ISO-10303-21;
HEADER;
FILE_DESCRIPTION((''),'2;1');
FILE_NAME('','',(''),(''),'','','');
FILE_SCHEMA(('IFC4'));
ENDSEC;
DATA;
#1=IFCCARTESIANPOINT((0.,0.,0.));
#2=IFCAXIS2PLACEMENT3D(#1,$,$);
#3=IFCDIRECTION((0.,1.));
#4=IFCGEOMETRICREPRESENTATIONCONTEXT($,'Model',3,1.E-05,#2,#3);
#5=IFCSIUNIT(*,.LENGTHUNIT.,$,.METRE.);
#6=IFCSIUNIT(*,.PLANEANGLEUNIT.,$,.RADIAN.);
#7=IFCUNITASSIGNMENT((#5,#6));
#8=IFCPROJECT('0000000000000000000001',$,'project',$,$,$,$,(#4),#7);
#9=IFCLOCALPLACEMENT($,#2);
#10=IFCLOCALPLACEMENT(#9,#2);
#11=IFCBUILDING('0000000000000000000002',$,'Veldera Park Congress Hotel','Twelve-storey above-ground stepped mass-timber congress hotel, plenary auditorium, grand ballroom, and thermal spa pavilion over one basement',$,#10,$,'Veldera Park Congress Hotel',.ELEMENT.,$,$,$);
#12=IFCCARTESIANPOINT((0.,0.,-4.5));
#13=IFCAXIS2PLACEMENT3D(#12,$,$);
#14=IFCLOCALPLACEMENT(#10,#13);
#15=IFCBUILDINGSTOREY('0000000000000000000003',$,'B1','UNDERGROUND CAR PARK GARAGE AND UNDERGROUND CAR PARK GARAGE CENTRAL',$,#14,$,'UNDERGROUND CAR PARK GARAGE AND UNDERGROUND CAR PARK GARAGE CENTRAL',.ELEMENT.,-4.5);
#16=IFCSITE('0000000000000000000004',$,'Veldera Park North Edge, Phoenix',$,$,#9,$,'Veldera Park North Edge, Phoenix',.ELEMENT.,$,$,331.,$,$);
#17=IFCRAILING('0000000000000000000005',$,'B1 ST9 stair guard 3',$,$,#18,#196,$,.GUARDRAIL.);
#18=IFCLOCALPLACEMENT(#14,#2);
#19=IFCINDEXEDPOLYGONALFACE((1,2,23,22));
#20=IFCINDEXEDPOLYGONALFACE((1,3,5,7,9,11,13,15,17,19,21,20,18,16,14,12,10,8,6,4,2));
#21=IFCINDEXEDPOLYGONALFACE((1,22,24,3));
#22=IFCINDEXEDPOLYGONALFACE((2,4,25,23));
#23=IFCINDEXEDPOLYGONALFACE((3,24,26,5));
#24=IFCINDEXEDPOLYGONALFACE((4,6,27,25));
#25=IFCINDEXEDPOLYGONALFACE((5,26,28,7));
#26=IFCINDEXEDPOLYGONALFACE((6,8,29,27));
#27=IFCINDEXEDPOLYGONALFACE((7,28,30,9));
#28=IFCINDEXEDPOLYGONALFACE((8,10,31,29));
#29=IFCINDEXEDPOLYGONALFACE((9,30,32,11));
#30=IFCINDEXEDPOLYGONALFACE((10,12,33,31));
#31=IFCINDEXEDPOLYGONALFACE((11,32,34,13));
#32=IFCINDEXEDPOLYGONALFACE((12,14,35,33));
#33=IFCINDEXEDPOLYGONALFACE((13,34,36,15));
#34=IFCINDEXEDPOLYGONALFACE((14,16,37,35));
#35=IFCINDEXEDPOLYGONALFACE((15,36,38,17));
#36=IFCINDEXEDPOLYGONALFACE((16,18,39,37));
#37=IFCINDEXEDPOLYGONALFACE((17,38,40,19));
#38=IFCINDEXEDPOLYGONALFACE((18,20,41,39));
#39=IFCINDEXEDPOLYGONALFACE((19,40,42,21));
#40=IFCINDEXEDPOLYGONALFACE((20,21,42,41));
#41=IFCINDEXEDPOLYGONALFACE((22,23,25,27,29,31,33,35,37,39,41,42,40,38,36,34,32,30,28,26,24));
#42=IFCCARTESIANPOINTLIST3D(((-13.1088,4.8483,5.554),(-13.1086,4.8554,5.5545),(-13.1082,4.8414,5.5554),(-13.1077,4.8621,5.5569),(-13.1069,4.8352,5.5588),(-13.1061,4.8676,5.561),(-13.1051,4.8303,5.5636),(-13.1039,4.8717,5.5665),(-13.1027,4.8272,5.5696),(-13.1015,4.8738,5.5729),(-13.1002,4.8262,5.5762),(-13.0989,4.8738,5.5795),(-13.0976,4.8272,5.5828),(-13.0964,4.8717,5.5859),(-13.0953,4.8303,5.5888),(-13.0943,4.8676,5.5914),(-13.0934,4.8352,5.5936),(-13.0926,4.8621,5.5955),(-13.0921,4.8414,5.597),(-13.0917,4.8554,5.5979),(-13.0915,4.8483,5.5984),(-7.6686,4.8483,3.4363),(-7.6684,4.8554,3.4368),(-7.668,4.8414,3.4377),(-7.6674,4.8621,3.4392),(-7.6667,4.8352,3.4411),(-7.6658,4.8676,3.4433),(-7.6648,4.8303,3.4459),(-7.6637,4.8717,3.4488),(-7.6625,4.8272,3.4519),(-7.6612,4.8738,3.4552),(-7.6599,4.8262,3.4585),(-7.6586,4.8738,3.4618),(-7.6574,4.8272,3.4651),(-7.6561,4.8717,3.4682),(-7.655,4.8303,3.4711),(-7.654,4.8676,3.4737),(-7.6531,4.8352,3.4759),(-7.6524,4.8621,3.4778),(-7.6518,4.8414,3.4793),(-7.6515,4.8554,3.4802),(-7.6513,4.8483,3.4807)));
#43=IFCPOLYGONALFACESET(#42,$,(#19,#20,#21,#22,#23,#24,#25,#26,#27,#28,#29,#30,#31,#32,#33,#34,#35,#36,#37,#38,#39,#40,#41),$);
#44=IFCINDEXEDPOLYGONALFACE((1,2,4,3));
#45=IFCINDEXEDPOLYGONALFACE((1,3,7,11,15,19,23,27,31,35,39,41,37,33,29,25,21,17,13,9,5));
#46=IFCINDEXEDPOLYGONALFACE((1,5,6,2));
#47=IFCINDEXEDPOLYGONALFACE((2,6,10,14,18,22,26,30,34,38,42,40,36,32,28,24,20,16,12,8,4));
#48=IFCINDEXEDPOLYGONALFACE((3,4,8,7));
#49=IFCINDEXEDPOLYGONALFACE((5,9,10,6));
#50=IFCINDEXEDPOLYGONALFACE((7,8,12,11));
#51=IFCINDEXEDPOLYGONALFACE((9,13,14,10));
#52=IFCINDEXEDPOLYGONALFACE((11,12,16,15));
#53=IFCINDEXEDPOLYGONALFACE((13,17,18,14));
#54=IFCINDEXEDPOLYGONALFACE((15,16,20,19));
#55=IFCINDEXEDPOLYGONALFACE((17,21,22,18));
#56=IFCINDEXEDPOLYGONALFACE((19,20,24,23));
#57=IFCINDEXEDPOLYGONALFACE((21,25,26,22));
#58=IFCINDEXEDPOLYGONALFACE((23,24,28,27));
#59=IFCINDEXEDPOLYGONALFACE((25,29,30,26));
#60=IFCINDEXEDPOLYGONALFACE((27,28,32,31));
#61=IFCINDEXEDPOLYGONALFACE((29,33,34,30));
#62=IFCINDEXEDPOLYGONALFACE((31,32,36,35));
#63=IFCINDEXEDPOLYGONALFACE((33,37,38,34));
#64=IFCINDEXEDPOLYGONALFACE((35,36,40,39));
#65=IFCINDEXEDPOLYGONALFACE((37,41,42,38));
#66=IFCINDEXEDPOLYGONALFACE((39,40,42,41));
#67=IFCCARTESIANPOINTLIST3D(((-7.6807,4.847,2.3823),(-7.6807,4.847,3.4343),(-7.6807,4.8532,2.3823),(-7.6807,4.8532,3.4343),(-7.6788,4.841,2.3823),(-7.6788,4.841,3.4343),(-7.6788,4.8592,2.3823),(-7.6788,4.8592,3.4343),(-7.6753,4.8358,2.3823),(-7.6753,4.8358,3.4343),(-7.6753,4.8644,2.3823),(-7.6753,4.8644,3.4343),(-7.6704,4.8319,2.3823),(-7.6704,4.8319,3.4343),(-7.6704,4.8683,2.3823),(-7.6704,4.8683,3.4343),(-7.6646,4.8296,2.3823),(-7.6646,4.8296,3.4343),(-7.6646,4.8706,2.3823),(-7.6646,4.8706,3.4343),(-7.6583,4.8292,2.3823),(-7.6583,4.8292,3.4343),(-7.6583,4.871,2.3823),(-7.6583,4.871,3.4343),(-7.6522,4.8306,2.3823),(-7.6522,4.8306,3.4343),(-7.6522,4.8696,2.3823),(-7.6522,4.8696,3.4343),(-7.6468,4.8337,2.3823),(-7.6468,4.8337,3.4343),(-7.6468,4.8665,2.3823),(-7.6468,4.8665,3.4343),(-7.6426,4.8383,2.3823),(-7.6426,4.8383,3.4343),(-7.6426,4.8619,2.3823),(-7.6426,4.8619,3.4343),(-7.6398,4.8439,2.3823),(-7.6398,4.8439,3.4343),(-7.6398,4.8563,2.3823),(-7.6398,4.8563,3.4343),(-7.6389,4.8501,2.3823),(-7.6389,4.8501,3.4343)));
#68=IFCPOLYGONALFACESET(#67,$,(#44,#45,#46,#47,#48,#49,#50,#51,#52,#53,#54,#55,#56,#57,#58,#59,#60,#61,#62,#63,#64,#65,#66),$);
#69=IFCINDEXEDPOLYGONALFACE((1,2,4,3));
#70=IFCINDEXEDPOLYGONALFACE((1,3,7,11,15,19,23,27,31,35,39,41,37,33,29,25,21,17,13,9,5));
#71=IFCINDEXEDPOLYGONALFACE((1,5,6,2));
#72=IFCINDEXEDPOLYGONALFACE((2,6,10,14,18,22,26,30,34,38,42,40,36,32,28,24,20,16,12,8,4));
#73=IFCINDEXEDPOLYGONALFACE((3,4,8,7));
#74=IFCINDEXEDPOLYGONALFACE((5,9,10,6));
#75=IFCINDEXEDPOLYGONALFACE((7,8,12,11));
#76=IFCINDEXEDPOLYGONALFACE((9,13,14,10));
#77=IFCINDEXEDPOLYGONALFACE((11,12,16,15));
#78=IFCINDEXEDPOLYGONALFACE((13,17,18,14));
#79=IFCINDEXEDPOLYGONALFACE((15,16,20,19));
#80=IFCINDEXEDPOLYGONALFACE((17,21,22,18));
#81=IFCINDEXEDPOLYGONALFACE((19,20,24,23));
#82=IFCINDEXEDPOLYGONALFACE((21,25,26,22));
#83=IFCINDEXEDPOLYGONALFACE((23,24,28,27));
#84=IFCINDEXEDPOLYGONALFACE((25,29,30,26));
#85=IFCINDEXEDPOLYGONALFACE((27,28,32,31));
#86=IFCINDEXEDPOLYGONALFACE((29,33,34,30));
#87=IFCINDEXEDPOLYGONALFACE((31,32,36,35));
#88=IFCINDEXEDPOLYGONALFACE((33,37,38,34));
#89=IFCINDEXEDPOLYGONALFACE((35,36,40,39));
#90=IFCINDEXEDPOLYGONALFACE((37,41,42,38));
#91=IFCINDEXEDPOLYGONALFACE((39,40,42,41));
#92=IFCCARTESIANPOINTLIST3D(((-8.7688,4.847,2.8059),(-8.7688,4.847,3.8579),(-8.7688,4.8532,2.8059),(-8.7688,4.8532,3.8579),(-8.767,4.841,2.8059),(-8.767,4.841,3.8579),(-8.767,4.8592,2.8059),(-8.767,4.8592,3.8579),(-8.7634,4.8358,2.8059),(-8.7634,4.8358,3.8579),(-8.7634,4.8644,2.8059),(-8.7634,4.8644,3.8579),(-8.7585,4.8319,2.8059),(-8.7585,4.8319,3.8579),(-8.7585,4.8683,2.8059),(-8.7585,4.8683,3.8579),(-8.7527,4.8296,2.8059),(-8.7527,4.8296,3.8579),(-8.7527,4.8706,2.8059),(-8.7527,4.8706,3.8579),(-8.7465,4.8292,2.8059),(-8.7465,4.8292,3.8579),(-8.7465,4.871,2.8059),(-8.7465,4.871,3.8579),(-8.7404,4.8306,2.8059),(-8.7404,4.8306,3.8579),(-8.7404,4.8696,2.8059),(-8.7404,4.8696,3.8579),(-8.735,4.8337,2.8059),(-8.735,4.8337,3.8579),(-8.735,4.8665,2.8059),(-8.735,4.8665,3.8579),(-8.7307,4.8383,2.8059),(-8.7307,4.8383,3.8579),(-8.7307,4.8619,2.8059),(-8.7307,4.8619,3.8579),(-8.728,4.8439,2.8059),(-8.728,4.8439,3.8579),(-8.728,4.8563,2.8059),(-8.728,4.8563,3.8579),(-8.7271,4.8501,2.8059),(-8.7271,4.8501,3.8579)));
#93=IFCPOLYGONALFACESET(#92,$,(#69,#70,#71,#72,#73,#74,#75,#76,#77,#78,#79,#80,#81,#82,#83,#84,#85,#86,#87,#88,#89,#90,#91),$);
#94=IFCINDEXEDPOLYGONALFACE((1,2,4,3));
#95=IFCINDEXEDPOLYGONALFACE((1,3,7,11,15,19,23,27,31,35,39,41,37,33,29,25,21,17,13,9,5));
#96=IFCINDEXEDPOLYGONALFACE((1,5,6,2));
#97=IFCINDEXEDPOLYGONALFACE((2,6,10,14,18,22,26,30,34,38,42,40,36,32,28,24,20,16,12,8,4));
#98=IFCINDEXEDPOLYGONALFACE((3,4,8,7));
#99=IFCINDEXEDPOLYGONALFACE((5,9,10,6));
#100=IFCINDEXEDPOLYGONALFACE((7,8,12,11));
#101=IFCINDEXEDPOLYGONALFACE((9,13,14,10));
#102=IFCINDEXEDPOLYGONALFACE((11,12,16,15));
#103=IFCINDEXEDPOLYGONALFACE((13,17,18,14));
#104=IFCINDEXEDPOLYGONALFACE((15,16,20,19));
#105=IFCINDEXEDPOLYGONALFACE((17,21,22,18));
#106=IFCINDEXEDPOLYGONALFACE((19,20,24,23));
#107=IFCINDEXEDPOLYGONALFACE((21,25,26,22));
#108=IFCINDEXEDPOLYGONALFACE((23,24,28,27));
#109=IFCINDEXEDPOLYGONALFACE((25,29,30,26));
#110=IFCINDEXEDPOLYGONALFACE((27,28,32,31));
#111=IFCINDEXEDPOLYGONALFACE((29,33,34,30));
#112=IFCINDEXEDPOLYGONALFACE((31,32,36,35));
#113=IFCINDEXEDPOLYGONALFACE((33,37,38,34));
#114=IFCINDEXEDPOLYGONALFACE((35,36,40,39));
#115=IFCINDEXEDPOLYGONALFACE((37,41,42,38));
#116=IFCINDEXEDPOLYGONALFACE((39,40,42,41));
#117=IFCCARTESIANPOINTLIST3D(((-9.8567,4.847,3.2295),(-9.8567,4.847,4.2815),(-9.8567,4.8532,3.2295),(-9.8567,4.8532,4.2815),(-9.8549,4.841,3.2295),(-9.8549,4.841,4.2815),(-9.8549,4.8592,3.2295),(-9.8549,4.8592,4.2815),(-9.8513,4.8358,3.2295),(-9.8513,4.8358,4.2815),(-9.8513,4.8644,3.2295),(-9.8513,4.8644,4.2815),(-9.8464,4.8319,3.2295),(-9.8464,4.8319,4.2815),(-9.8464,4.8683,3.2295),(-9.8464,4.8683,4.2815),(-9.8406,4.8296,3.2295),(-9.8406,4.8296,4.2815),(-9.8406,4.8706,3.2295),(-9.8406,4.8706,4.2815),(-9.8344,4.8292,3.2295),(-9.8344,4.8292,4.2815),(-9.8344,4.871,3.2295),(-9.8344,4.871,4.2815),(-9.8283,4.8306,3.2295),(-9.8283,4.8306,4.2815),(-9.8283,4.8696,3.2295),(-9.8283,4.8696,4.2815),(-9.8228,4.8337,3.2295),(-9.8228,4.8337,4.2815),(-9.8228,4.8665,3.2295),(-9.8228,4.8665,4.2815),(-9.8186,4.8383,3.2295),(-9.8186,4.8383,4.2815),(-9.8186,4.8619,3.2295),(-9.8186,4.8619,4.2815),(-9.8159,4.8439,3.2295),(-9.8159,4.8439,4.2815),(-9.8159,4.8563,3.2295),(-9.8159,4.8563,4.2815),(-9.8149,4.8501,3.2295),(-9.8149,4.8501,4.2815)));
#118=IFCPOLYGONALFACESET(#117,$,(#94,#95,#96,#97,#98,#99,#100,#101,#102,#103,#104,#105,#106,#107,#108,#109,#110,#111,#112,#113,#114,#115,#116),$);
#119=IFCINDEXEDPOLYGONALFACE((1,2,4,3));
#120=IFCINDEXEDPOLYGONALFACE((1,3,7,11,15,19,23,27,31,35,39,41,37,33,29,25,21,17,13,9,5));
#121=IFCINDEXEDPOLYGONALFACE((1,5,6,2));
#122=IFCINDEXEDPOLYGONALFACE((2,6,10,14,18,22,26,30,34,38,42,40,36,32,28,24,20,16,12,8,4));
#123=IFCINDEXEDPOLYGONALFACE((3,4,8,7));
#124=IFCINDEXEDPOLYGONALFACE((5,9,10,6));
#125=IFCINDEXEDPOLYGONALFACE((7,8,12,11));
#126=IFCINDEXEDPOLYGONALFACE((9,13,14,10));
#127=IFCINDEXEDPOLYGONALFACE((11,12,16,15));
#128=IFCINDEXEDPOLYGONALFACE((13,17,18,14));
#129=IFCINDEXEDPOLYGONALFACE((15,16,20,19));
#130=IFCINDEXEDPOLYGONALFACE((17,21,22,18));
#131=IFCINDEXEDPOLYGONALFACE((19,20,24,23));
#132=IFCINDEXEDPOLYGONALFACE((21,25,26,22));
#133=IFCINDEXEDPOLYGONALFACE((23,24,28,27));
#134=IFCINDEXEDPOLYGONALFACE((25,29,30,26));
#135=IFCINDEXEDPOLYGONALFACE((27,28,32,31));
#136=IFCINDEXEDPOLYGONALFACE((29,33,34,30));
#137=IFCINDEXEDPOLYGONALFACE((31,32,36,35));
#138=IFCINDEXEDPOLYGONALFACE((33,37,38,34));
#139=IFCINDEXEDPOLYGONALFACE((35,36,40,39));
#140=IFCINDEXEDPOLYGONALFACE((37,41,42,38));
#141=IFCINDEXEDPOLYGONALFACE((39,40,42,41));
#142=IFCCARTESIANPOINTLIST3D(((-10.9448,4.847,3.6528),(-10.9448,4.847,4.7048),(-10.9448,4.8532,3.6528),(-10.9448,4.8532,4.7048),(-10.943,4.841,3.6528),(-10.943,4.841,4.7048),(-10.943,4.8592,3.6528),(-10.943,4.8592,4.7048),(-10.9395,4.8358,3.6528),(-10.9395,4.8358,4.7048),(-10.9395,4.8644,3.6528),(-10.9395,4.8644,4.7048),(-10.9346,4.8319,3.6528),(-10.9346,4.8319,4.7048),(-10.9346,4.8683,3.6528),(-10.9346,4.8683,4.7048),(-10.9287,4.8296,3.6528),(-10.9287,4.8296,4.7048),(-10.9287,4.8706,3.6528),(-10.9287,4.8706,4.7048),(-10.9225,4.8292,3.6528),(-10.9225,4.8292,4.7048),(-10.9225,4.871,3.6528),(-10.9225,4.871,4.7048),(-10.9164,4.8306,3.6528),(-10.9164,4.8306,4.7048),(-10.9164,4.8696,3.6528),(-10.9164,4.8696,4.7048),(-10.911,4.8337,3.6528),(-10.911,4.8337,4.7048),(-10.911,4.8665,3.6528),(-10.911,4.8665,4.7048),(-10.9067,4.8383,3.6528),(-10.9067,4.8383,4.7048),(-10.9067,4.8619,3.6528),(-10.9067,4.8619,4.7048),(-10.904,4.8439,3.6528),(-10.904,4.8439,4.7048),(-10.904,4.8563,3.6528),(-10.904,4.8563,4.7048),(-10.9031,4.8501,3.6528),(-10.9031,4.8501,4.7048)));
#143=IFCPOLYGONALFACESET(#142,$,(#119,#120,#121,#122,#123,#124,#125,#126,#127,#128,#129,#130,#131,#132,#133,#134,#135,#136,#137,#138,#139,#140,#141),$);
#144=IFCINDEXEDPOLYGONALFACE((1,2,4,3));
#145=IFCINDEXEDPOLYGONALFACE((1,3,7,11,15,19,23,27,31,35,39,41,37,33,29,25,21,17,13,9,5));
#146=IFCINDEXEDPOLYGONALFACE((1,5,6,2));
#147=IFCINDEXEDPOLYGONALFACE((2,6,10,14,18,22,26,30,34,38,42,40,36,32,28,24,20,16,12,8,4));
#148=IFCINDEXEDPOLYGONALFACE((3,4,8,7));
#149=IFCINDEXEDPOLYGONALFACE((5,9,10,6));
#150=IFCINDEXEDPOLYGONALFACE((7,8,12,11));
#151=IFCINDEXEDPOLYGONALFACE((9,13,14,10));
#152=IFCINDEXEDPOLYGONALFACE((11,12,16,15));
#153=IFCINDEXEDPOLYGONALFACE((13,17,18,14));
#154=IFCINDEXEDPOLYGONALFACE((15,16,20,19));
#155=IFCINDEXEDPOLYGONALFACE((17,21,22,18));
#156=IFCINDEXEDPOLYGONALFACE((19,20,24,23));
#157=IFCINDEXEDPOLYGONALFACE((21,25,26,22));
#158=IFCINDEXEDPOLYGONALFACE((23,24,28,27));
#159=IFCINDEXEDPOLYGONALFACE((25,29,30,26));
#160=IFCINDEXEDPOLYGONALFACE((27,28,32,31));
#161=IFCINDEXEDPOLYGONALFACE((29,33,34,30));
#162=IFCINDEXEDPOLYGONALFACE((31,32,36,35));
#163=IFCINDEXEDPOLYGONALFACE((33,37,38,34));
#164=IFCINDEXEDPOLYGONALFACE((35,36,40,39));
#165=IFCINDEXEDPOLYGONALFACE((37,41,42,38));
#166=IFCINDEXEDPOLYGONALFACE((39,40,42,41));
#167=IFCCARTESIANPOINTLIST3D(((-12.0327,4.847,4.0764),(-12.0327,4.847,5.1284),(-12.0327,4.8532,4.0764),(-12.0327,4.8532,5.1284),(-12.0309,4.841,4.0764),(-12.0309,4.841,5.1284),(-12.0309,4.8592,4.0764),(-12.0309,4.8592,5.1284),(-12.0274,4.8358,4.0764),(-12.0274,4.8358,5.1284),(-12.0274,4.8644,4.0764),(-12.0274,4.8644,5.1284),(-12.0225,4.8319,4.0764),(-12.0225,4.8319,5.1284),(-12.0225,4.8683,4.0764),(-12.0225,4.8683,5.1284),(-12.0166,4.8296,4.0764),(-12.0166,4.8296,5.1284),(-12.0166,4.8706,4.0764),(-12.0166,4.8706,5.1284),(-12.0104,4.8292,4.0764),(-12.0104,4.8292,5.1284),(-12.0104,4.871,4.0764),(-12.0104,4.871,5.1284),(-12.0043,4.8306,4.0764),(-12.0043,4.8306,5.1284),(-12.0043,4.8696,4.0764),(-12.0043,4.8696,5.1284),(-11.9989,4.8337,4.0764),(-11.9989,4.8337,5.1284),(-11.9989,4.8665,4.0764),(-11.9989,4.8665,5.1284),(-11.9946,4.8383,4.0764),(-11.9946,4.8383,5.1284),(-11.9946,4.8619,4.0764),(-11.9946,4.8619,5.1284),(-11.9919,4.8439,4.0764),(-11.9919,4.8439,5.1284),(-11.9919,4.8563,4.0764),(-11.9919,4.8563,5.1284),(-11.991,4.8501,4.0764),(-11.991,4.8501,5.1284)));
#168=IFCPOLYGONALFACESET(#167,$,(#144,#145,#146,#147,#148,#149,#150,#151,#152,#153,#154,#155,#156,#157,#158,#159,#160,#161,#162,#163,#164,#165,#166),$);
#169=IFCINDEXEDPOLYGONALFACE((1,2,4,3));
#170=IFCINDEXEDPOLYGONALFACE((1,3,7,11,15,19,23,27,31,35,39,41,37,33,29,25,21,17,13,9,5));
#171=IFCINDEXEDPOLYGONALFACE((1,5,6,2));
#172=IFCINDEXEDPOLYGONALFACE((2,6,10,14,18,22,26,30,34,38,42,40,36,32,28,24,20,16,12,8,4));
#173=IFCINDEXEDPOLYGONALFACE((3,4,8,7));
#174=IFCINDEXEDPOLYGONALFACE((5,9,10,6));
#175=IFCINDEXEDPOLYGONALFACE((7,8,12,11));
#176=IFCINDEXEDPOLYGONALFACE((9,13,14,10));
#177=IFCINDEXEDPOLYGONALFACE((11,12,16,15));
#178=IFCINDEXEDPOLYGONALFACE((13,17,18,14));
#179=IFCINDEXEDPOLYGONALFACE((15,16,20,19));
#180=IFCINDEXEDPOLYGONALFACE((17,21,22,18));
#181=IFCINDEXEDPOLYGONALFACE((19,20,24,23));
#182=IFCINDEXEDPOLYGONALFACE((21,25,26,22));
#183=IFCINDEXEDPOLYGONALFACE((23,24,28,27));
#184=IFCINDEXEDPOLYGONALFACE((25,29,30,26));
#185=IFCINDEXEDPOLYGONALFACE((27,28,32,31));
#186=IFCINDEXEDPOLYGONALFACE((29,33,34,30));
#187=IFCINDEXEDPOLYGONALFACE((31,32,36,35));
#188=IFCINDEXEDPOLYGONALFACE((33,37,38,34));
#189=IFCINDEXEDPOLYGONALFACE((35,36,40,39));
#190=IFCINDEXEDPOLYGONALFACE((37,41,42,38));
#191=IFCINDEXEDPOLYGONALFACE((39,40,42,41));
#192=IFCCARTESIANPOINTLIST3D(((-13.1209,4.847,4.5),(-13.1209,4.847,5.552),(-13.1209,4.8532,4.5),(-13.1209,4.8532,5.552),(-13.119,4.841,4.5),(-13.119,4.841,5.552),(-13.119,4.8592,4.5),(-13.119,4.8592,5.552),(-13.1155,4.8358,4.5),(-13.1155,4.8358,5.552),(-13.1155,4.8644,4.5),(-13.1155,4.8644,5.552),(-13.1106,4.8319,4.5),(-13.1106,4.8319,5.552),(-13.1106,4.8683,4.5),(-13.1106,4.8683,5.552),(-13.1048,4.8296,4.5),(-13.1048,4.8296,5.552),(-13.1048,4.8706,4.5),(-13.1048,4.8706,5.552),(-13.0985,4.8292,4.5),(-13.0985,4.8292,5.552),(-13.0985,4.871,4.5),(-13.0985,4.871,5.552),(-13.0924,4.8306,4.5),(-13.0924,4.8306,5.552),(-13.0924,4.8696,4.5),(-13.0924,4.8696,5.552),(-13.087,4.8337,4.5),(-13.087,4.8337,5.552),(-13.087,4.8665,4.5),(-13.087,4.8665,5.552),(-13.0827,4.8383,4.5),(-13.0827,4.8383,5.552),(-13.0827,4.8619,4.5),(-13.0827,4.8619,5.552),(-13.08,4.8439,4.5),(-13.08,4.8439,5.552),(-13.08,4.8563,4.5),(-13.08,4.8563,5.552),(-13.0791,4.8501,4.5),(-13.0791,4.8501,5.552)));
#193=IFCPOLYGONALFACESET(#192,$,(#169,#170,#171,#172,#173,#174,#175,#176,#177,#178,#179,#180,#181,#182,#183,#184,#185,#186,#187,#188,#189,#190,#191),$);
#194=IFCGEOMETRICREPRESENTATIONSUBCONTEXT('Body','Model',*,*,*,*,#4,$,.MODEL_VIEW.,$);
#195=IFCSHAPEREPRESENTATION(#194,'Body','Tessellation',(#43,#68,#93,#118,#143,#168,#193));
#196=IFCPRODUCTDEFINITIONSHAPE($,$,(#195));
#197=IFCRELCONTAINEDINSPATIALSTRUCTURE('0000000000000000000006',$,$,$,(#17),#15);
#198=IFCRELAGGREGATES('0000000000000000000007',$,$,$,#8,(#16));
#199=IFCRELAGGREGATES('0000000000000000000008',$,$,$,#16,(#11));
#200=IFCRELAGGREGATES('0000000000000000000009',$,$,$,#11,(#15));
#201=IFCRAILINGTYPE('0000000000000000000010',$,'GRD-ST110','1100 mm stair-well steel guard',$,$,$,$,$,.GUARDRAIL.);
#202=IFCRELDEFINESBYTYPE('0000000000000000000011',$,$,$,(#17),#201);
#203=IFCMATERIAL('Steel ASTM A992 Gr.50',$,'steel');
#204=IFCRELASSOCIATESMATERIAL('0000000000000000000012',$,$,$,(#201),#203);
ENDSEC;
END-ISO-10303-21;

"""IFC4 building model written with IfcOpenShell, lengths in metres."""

from ifc_helpers import new_model, si_unit, direction, frame, origin, origin_2d, place, context, subcontext, project, spatial, circle, extrude, material, type_object, element, save


model = new_model("IFC4")

# Units and contexts
model_context = context("Model", 3, precision=1e-05, world=origin(), true_north=direction((0.0, 1.0)))
body_context = subcontext(model_context, "Body", "Model", "MODEL_VIEW")
ifc_project = project(units=[si_unit("LENGTHUNIT", "METRE"), si_unit("PLANEANGLEUNIT", "RADIAN")], contexts=[model_context])

# Site, building, storey
site_placement = place(None, origin())
site = spatial("IfcSite", under=ifc_project, at=site_placement, Name="Veldera Park North Edge, Phoenix", LongName="Veldera Park North Edge, Phoenix", CompositionType="ELEMENT", RefElevation=331.0)
building_placement = place(site_placement, origin())
building = spatial("IfcBuilding", under=site, at=building_placement, Name="Veldera Park Congress Hotel", Description="Twelve-storey above-ground stepped mass-timber congress hotel, plenary auditorium, grand ballroom, and thermal spa pavilion over one basement", LongName="Veldera Park Congress Hotel", CompositionType="ELEMENT")
storey_placement = place(building_placement, frame((0.0, 0.0, -4.5)))
storey = spatial("IfcBuildingStorey", under=building, at=storey_placement, Name="B1", Description="UNDERGROUND CAR PARK GARAGE AND UNDERGROUND CAR PARK GARAGE CENTRAL", LongName="UNDERGROUND CAR PARK GARAGE AND UNDERGROUND CAR PARK GARAGE CENTRAL", CompositionType="ELEMENT", Elevation=-4.5)

# Railing
ifc_material_1 = material(Name="Steel ASTM A992 Gr.50", Category="steel")
railing_type_1 = type_object("IfcRailingType", Name="GRD-ST110", Description="1100 mm stair-well steel guard", PredefinedType="GUARDRAIL", material=ifc_material_1)
railing_1_placement = place(storey_placement, frame((-7.6599, 4.8501, 2.3823)))
element("IfcRailing", 1, at=railing_1_placement, inside=storey, type_object=railing_type_1, Name="B1 ST9 stair guard 3", PredefinedType="GUARDRAIL", context=body_context, shape_type="SweptSolid", body=[
    extrude(circle(Radius=0.0239, at=origin_2d()), frame((0.0, 0.0, 1.0762), z_axis=(-0.931886, 0.0, 0.362751), x_axis=(0.0, -1.0, 0.0)), (0.0, 0.0, 1.0), 5.8379),
    extrude(circle(Radius=0.021, at=origin_2d()), origin(), (0.0, 0.0, 1.0), 1.052),
    extrude(circle(Radius=0.021, at=origin_2d()), frame((-1.0881, 0.0, 0.4236)), (0.0, 0.0, 1.0), 1.052),
    extrude(circle(Radius=0.021, at=origin_2d()), frame((-2.176, 0.0, 0.8472)), (0.0, 0.0, 1.0), 1.052),
    extrude(circle(Radius=0.021, at=origin_2d()), frame((-3.2642, 0.0, 1.2705)), (0.0, 0.0, 1.0), 1.052),
    extrude(circle(Radius=0.021, at=origin_2d()), frame((-4.3521, 0.0, 1.6941)), (0.0, 0.0, 1.0), 1.052),
    extrude(circle(Radius=0.021, at=origin_2d()), frame((-5.4402, 0.0, 2.1177)), (0.0, 0.0, 1.0), 1.052),
])

save(model, "model.ifc")
